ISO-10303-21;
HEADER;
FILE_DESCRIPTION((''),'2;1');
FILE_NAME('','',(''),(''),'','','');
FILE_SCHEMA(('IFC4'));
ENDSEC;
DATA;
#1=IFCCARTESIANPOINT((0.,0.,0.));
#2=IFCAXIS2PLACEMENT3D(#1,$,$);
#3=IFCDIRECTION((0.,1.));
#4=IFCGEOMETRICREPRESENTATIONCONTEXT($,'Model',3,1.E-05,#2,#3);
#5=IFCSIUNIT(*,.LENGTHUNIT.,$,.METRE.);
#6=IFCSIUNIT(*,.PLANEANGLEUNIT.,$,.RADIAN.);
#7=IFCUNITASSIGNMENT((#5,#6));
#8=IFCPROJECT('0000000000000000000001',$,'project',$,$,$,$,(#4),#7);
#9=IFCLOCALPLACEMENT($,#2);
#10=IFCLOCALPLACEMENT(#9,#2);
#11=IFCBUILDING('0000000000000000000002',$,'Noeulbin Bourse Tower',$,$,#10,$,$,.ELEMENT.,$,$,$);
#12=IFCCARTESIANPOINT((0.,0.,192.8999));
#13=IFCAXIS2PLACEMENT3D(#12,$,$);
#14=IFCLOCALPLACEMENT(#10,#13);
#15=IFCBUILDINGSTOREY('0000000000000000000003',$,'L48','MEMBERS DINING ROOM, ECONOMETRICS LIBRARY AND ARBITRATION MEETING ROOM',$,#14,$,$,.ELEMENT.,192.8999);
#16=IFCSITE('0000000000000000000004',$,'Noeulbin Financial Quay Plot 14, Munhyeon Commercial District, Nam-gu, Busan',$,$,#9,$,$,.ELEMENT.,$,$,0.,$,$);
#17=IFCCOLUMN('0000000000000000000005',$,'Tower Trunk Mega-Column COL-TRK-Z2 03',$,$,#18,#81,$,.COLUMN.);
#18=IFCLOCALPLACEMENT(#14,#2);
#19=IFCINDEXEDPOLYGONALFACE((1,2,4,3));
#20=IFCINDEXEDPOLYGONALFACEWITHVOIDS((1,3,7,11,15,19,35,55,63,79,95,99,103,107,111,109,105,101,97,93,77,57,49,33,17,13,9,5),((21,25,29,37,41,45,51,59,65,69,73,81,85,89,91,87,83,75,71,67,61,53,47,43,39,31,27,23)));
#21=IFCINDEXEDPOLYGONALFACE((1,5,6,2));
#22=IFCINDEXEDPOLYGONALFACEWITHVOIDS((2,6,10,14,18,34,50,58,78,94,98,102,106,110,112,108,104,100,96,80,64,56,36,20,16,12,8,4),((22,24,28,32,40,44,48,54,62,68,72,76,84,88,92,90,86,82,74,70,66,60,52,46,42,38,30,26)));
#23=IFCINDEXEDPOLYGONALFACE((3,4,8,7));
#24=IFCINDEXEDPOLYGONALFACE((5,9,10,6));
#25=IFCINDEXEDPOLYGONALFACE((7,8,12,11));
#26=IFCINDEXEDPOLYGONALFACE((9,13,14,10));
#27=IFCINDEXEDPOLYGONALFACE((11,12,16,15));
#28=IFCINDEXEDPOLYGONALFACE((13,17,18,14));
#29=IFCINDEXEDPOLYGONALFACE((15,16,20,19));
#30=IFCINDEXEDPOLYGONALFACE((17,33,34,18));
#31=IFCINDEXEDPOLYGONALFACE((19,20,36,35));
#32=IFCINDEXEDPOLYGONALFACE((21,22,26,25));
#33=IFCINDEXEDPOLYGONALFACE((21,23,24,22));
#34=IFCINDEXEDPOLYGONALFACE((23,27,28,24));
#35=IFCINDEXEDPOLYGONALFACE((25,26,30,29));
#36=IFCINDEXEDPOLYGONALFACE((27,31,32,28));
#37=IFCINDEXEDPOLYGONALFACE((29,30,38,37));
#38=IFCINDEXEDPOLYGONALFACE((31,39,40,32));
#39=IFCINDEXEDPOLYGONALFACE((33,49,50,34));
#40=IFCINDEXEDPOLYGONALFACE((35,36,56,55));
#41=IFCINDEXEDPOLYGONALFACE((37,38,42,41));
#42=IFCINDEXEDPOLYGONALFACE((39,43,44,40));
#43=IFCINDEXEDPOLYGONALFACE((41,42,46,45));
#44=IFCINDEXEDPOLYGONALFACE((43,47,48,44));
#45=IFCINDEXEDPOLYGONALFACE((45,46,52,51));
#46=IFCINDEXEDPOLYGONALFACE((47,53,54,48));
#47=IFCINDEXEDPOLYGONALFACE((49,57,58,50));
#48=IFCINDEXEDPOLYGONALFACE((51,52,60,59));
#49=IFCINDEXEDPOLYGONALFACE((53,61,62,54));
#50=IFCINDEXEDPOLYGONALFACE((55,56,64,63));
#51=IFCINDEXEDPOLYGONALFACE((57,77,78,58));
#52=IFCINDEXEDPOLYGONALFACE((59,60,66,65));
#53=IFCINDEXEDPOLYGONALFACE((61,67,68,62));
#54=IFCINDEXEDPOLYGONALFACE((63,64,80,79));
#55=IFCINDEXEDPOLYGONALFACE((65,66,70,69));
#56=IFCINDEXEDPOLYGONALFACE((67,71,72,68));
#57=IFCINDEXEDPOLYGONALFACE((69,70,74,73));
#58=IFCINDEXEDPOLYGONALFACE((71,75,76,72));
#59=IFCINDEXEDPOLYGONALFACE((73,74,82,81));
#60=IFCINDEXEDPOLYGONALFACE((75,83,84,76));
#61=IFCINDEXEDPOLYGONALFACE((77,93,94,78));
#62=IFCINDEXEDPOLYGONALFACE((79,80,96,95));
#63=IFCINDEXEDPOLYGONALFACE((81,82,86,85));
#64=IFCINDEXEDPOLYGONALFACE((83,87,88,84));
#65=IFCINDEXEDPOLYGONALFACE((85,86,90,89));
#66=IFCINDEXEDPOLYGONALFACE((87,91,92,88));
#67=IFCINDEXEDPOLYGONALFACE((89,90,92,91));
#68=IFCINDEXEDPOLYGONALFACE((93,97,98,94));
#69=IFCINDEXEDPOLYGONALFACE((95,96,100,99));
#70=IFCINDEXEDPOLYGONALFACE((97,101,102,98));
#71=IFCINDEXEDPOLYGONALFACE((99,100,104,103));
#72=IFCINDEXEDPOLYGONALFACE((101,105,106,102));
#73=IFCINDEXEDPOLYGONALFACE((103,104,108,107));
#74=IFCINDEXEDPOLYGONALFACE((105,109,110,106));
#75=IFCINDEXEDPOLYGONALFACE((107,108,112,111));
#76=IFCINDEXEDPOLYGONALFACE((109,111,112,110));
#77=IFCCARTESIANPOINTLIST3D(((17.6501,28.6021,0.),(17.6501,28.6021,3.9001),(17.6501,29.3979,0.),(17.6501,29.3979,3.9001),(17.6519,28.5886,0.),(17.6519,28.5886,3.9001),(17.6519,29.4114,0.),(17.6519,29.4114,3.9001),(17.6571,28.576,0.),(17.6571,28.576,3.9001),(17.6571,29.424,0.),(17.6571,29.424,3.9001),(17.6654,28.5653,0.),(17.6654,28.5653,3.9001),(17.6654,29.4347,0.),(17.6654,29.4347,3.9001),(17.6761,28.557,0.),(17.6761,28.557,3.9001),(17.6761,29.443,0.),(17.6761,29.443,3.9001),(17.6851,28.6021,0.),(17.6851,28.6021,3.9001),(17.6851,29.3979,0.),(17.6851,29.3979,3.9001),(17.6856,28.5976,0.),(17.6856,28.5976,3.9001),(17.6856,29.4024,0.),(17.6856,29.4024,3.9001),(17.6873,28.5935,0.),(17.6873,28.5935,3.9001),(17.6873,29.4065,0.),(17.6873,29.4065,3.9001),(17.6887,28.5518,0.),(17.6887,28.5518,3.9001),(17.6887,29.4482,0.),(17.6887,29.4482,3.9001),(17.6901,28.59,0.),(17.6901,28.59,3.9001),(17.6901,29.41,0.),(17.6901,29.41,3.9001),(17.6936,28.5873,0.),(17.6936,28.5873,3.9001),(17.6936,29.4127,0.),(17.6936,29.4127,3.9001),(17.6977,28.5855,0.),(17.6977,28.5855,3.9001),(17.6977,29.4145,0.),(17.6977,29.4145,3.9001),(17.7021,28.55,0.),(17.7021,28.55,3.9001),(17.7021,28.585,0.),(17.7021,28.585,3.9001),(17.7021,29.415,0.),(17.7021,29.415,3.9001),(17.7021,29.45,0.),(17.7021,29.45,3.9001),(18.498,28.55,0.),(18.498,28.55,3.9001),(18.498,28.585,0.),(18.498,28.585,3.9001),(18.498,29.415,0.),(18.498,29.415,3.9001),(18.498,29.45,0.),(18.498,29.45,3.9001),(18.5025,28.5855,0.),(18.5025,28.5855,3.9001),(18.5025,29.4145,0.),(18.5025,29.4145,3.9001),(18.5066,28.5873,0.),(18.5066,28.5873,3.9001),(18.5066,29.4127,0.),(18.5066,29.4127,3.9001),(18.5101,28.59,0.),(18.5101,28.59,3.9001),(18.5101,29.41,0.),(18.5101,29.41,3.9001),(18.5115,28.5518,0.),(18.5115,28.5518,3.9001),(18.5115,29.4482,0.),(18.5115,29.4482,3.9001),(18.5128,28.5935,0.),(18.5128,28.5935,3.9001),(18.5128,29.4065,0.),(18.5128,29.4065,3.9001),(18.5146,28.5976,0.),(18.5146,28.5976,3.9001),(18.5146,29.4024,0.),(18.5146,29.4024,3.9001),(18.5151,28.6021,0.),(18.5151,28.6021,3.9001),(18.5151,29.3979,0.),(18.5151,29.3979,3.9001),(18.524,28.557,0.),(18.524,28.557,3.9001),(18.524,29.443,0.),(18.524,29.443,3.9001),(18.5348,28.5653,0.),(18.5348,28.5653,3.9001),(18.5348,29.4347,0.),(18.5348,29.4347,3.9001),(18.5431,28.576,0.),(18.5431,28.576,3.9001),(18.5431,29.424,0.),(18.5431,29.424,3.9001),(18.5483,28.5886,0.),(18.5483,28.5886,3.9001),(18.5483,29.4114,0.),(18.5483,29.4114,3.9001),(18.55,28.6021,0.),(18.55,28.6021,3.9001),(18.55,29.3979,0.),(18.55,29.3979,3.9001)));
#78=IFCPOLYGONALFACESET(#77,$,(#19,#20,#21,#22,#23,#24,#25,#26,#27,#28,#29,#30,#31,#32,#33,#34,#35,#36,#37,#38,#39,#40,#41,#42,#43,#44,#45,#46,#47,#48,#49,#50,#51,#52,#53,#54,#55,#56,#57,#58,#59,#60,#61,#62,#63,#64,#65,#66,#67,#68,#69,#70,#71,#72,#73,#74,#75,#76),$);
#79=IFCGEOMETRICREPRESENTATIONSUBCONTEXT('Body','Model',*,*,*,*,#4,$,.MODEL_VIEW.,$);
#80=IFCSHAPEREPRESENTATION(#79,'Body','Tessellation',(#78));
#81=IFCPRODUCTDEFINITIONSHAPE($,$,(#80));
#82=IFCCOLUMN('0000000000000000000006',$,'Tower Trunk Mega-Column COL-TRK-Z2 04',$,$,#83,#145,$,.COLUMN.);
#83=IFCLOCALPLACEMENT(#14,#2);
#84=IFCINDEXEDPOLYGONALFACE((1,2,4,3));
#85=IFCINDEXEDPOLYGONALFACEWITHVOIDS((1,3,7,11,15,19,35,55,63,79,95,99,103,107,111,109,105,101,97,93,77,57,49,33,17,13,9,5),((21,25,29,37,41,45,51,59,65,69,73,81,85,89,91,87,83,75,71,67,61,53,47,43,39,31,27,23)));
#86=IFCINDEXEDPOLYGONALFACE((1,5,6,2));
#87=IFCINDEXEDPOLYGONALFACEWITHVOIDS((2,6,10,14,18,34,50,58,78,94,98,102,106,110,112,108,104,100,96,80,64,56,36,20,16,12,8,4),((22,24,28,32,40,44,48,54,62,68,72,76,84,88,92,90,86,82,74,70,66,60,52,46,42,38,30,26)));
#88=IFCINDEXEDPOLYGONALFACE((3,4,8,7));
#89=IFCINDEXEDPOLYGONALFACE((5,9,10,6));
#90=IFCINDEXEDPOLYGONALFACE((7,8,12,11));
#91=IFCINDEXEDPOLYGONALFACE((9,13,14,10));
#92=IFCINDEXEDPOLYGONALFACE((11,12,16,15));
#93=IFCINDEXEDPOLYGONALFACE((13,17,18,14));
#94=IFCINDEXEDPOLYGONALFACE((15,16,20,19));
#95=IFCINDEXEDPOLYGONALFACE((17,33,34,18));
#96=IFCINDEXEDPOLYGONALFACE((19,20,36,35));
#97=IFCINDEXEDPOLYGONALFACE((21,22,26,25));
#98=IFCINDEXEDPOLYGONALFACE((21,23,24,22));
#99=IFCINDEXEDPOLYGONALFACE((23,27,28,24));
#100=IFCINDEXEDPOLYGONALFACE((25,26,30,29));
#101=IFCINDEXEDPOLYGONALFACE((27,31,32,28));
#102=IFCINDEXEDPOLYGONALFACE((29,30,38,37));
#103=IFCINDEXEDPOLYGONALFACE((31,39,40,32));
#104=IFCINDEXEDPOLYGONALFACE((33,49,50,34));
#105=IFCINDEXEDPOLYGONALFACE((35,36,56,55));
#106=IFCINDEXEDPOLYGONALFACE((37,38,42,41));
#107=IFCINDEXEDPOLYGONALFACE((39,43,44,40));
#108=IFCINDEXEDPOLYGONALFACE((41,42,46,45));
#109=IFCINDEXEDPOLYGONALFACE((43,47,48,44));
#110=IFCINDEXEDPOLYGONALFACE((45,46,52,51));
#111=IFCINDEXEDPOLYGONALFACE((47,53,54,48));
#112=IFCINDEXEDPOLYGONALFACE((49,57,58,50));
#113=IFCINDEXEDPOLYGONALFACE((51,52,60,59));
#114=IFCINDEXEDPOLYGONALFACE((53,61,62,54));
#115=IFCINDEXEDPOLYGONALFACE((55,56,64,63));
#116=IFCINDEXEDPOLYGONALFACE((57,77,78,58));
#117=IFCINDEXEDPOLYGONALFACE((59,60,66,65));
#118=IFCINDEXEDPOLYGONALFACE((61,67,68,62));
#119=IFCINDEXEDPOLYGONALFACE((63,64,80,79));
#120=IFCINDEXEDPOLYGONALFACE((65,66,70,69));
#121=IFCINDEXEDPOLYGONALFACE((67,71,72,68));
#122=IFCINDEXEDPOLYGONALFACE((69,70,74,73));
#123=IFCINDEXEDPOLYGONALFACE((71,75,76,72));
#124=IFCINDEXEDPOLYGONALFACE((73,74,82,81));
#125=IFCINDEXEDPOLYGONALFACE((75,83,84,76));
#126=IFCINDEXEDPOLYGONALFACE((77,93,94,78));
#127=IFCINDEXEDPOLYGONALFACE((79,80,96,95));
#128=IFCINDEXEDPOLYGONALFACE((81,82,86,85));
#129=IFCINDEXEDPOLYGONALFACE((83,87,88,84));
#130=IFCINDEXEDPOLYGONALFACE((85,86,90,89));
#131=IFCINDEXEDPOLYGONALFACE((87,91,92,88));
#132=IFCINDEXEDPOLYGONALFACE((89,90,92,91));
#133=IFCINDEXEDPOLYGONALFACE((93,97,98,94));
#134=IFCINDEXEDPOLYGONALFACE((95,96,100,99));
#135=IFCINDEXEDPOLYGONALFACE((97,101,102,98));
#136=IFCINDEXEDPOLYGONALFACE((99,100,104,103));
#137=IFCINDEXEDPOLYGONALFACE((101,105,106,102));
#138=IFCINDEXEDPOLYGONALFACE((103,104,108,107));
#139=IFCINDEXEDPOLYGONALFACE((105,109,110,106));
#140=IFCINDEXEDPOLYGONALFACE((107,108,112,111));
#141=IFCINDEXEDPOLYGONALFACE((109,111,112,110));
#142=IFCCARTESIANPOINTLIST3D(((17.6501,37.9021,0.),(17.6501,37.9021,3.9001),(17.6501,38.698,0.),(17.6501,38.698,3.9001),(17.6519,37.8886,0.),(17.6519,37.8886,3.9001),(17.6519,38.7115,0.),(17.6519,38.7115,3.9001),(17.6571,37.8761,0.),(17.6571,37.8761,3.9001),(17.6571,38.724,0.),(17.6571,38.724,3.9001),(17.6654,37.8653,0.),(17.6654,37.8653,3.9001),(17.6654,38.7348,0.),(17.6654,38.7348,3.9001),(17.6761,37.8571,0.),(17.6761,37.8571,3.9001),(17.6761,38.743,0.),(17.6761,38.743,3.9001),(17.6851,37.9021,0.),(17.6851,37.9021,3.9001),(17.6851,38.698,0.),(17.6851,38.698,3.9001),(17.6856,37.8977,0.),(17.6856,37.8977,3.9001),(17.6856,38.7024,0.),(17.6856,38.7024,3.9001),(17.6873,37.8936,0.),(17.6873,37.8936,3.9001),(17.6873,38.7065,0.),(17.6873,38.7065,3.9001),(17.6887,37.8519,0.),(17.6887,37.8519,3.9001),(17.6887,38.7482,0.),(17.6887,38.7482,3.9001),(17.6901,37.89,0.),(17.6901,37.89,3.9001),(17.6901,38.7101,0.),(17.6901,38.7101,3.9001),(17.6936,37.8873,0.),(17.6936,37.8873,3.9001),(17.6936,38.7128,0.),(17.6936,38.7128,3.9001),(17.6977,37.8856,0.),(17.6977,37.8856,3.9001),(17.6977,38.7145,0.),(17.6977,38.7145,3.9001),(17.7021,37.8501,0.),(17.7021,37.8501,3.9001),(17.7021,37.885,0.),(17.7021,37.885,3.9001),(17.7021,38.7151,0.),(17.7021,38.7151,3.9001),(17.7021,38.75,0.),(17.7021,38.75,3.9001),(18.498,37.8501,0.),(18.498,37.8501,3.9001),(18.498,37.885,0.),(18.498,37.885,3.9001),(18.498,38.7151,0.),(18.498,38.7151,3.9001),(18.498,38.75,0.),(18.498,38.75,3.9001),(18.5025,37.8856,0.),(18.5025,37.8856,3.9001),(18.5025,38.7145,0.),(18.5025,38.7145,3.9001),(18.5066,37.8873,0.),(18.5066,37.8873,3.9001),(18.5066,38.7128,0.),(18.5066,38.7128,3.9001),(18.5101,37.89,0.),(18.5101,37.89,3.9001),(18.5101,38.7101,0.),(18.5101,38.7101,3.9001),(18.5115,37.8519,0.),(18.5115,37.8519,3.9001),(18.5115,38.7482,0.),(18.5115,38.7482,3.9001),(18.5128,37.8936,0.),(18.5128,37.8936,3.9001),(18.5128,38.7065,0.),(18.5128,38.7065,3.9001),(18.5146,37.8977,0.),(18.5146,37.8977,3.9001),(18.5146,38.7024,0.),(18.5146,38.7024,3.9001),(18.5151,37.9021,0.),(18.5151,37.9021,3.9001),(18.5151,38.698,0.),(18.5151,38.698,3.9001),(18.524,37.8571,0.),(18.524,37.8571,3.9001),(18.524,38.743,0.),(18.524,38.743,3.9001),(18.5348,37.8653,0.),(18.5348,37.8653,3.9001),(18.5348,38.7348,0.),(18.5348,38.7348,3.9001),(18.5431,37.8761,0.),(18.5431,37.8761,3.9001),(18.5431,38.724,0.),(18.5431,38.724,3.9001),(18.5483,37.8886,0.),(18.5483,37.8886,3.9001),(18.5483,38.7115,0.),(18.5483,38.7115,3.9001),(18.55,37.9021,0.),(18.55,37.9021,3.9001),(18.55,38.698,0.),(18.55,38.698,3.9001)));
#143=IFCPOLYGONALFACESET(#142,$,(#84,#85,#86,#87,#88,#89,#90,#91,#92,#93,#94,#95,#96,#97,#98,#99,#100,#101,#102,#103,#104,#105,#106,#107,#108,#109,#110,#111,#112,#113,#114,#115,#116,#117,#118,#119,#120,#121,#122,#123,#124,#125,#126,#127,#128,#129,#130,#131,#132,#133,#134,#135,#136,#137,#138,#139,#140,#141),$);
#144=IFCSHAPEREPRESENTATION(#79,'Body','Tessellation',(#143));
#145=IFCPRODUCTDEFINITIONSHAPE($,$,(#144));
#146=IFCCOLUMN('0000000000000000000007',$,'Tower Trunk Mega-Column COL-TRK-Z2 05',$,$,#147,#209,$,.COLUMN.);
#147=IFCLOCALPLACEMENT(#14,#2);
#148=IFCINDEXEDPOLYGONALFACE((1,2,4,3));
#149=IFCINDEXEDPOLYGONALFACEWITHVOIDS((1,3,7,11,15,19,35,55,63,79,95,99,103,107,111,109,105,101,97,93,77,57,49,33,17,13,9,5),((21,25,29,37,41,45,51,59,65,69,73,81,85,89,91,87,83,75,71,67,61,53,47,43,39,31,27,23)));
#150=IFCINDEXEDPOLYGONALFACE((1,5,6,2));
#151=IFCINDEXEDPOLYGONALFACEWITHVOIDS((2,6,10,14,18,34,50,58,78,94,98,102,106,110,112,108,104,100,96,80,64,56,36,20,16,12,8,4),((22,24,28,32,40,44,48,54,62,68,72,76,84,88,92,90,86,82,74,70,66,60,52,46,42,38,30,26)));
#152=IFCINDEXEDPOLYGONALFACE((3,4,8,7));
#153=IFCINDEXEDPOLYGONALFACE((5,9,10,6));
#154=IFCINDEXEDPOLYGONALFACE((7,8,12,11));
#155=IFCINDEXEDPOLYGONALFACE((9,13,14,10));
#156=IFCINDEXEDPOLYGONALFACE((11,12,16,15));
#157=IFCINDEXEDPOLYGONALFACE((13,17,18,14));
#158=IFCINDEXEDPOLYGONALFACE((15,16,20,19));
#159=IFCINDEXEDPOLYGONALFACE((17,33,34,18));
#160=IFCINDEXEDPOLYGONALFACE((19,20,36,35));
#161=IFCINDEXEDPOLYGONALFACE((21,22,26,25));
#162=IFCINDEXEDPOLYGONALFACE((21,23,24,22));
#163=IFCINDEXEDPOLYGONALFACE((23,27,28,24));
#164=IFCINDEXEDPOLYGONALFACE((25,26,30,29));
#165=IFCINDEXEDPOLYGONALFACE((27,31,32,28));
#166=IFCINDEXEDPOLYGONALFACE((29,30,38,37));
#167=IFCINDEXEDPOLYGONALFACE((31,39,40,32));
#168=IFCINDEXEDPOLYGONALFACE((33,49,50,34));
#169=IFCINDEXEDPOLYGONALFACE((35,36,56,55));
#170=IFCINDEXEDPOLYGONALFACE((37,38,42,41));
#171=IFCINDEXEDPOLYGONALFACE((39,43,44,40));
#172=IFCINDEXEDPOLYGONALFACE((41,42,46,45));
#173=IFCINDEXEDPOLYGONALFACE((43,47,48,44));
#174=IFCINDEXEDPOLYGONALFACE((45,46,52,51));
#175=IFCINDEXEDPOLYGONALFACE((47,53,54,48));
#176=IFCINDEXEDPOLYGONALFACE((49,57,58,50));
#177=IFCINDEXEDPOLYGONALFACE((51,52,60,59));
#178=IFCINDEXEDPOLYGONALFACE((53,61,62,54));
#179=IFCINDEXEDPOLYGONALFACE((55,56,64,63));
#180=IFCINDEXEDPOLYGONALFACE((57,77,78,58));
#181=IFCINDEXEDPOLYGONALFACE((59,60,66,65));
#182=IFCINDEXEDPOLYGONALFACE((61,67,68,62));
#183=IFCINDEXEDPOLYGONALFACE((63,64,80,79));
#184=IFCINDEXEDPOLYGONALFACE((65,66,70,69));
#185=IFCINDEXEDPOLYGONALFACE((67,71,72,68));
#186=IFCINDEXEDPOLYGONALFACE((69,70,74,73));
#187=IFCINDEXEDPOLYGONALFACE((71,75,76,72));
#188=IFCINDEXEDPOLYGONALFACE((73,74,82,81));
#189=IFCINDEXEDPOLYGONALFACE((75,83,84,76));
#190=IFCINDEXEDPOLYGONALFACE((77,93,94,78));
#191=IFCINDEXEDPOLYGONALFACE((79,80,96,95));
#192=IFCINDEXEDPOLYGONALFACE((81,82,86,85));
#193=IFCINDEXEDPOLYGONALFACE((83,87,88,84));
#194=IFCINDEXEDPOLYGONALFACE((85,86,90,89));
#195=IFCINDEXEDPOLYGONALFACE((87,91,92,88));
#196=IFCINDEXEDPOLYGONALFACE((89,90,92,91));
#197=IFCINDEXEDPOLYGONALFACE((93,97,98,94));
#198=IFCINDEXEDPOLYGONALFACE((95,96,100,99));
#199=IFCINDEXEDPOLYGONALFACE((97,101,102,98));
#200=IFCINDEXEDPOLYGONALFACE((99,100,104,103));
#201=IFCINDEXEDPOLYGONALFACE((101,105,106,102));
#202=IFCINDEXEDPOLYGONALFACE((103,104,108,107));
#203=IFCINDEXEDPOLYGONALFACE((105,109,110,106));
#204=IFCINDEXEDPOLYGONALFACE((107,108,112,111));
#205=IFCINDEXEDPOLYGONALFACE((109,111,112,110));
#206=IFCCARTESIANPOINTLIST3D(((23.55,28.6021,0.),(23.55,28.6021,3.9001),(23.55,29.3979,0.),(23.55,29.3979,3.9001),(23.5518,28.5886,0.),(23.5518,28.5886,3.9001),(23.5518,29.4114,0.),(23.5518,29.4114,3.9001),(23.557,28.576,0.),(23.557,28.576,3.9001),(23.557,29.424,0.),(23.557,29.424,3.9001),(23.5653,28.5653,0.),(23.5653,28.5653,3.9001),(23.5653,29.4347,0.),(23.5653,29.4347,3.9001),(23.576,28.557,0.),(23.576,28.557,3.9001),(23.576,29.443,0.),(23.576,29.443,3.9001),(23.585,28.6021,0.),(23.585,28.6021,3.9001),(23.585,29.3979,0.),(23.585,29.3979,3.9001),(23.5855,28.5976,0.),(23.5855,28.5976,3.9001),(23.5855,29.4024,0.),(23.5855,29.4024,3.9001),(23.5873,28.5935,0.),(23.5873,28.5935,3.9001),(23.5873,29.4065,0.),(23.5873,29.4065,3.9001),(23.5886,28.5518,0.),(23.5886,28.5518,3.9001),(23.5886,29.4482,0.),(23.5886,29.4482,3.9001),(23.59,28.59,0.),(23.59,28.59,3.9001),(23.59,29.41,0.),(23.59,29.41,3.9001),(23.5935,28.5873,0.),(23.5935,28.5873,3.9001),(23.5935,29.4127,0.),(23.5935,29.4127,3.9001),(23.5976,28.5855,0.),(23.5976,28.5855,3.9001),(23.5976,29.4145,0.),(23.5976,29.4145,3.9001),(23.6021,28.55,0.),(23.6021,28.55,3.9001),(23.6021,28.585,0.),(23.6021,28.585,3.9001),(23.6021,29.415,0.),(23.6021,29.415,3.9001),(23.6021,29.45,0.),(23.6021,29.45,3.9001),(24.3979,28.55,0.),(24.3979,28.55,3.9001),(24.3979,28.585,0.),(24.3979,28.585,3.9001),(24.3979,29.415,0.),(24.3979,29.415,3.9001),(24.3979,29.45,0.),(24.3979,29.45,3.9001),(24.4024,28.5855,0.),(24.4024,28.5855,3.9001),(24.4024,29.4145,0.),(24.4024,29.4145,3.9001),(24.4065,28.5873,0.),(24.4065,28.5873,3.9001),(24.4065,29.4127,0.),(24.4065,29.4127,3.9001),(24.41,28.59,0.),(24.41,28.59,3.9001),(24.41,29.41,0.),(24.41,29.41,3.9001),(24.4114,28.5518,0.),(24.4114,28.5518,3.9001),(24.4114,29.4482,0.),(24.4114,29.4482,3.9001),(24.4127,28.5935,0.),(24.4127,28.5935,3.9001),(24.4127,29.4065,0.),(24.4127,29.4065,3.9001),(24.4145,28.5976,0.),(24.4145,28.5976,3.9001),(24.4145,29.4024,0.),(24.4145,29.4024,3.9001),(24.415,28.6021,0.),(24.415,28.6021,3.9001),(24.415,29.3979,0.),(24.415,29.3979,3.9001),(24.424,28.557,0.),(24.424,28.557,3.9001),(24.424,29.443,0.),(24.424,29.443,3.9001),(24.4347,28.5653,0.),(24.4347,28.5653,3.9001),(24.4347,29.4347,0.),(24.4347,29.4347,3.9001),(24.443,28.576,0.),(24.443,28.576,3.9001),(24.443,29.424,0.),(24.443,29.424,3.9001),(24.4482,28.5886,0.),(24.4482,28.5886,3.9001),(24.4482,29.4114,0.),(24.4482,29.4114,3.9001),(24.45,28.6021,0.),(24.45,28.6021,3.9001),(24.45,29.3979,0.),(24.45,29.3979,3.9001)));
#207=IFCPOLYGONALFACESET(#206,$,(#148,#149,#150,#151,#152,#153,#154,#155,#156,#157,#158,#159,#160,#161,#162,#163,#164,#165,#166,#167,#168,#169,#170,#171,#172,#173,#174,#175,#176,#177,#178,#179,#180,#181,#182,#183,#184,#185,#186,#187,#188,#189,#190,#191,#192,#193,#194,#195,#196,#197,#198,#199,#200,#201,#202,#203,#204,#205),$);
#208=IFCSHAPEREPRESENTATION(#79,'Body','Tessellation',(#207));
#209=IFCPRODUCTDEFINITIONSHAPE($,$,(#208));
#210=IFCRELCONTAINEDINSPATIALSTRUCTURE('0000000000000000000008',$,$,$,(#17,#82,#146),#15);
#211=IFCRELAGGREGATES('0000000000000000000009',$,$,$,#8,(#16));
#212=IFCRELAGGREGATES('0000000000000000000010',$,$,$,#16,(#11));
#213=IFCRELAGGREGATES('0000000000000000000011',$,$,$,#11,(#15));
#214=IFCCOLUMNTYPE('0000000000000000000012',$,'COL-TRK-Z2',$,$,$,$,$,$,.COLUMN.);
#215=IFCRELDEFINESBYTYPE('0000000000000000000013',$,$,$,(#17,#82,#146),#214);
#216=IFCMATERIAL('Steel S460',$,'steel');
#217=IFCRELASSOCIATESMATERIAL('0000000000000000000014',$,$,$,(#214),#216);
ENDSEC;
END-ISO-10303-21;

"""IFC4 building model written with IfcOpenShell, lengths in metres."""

from ifc_helpers import new_model, si_unit, direction, frame, origin, origin_2d, place, context, subcontext, project, spatial, hollow_rectangle, extrude, material, material_profile, profile_set, type_object, element, save


model = new_model("IFC4")

# Units and contexts
model_context = context("Model", 3, precision=1e-05, world=origin(), true_north=direction((0.0, 1.0)))
body_context = subcontext(model_context, "Body", "Model", "MODEL_VIEW")
ifc_project = project(units=[si_unit("LENGTHUNIT", "METRE"), si_unit("PLANEANGLEUNIT", "RADIAN")], contexts=[model_context])

# Site, building, storey
site_placement = place(None, origin())
site = spatial("IfcSite", under=ifc_project, at=site_placement, Name="Noeulbin Financial Quay Plot 14, Munhyeon Commercial District, Nam-gu, Busan", CompositionType="ELEMENT", RefElevation=0.0)
building_placement = place(site_placement, origin())
building = spatial("IfcBuilding", under=site, at=building_placement, Name="Noeulbin Bourse Tower", CompositionType="ELEMENT")
storey_placement = place(building_placement, frame((0.0, 0.0, 192.8999)))
storey = spatial("IfcBuildingStorey", under=building, at=storey_placement, Name="L48", Description="MEMBERS DINING ROOM, ECONOMETRICS LIBRARY AND ARBITRATION MEETING ROOM", CompositionType="ELEMENT", Elevation=192.8999)

# Columns
ifc_material_1 = material(Name="Steel S460", Category="steel")
ifc_material_profile_1 = material_profile(ifc_material_1, hollow_rectangle(XDim=0.8999, YDim=0.8999, WallThickness=0.0349, InnerFilletRadius=0.0171, OuterFilletRadius=0.052, at=origin_2d()), Name="BOX-900x900x35", Category="LoadBearing")
ifc_profile_set_1 = profile_set([ifc_material_profile_1], Name="Steel S460")
column_type = type_object("IfcColumnType", Name="COL-TRK-Z2", PredefinedType="COLUMN", material=ifc_profile_set_1)
for number, where, z_axis, x_axis, name in (
    (1, (18.1001, 29.0, 0.0), (0.0, 0.0, 1.0), (1.0, 0.0, 0.0), "Tower Trunk Mega-Column COL-TRK-Z2 03"),
    (2, (18.1001, 38.3, 0.0), (0.0, 0.0, 1.0), (1.0, 0.0, 0.0), "Tower Trunk Mega-Column COL-TRK-Z2 04"),
    (3, (24.0, 29.0, 0.0), (0.0, 0.0, 1.0), (1.0, 0.0, 0.0), "Tower Trunk Mega-Column COL-TRK-Z2 05"),
):
    element("IfcColumn", number, at=place(storey_placement, frame(where, z_axis=z_axis, x_axis=x_axis)), inside=storey, type_object=column_type, Name=name, PredefinedType="COLUMN", context=body_context, shape_type="SweptSolid", body=[
        extrude(hollow_rectangle(XDim=0.8999, YDim=0.8999, WallThickness=0.0349, InnerFilletRadius=0.0171, OuterFilletRadius=0.052, at=origin_2d()), origin(), (0.0, 0.0, 1.0), 3.9001),
    ])

save(model, "model.ifc")
